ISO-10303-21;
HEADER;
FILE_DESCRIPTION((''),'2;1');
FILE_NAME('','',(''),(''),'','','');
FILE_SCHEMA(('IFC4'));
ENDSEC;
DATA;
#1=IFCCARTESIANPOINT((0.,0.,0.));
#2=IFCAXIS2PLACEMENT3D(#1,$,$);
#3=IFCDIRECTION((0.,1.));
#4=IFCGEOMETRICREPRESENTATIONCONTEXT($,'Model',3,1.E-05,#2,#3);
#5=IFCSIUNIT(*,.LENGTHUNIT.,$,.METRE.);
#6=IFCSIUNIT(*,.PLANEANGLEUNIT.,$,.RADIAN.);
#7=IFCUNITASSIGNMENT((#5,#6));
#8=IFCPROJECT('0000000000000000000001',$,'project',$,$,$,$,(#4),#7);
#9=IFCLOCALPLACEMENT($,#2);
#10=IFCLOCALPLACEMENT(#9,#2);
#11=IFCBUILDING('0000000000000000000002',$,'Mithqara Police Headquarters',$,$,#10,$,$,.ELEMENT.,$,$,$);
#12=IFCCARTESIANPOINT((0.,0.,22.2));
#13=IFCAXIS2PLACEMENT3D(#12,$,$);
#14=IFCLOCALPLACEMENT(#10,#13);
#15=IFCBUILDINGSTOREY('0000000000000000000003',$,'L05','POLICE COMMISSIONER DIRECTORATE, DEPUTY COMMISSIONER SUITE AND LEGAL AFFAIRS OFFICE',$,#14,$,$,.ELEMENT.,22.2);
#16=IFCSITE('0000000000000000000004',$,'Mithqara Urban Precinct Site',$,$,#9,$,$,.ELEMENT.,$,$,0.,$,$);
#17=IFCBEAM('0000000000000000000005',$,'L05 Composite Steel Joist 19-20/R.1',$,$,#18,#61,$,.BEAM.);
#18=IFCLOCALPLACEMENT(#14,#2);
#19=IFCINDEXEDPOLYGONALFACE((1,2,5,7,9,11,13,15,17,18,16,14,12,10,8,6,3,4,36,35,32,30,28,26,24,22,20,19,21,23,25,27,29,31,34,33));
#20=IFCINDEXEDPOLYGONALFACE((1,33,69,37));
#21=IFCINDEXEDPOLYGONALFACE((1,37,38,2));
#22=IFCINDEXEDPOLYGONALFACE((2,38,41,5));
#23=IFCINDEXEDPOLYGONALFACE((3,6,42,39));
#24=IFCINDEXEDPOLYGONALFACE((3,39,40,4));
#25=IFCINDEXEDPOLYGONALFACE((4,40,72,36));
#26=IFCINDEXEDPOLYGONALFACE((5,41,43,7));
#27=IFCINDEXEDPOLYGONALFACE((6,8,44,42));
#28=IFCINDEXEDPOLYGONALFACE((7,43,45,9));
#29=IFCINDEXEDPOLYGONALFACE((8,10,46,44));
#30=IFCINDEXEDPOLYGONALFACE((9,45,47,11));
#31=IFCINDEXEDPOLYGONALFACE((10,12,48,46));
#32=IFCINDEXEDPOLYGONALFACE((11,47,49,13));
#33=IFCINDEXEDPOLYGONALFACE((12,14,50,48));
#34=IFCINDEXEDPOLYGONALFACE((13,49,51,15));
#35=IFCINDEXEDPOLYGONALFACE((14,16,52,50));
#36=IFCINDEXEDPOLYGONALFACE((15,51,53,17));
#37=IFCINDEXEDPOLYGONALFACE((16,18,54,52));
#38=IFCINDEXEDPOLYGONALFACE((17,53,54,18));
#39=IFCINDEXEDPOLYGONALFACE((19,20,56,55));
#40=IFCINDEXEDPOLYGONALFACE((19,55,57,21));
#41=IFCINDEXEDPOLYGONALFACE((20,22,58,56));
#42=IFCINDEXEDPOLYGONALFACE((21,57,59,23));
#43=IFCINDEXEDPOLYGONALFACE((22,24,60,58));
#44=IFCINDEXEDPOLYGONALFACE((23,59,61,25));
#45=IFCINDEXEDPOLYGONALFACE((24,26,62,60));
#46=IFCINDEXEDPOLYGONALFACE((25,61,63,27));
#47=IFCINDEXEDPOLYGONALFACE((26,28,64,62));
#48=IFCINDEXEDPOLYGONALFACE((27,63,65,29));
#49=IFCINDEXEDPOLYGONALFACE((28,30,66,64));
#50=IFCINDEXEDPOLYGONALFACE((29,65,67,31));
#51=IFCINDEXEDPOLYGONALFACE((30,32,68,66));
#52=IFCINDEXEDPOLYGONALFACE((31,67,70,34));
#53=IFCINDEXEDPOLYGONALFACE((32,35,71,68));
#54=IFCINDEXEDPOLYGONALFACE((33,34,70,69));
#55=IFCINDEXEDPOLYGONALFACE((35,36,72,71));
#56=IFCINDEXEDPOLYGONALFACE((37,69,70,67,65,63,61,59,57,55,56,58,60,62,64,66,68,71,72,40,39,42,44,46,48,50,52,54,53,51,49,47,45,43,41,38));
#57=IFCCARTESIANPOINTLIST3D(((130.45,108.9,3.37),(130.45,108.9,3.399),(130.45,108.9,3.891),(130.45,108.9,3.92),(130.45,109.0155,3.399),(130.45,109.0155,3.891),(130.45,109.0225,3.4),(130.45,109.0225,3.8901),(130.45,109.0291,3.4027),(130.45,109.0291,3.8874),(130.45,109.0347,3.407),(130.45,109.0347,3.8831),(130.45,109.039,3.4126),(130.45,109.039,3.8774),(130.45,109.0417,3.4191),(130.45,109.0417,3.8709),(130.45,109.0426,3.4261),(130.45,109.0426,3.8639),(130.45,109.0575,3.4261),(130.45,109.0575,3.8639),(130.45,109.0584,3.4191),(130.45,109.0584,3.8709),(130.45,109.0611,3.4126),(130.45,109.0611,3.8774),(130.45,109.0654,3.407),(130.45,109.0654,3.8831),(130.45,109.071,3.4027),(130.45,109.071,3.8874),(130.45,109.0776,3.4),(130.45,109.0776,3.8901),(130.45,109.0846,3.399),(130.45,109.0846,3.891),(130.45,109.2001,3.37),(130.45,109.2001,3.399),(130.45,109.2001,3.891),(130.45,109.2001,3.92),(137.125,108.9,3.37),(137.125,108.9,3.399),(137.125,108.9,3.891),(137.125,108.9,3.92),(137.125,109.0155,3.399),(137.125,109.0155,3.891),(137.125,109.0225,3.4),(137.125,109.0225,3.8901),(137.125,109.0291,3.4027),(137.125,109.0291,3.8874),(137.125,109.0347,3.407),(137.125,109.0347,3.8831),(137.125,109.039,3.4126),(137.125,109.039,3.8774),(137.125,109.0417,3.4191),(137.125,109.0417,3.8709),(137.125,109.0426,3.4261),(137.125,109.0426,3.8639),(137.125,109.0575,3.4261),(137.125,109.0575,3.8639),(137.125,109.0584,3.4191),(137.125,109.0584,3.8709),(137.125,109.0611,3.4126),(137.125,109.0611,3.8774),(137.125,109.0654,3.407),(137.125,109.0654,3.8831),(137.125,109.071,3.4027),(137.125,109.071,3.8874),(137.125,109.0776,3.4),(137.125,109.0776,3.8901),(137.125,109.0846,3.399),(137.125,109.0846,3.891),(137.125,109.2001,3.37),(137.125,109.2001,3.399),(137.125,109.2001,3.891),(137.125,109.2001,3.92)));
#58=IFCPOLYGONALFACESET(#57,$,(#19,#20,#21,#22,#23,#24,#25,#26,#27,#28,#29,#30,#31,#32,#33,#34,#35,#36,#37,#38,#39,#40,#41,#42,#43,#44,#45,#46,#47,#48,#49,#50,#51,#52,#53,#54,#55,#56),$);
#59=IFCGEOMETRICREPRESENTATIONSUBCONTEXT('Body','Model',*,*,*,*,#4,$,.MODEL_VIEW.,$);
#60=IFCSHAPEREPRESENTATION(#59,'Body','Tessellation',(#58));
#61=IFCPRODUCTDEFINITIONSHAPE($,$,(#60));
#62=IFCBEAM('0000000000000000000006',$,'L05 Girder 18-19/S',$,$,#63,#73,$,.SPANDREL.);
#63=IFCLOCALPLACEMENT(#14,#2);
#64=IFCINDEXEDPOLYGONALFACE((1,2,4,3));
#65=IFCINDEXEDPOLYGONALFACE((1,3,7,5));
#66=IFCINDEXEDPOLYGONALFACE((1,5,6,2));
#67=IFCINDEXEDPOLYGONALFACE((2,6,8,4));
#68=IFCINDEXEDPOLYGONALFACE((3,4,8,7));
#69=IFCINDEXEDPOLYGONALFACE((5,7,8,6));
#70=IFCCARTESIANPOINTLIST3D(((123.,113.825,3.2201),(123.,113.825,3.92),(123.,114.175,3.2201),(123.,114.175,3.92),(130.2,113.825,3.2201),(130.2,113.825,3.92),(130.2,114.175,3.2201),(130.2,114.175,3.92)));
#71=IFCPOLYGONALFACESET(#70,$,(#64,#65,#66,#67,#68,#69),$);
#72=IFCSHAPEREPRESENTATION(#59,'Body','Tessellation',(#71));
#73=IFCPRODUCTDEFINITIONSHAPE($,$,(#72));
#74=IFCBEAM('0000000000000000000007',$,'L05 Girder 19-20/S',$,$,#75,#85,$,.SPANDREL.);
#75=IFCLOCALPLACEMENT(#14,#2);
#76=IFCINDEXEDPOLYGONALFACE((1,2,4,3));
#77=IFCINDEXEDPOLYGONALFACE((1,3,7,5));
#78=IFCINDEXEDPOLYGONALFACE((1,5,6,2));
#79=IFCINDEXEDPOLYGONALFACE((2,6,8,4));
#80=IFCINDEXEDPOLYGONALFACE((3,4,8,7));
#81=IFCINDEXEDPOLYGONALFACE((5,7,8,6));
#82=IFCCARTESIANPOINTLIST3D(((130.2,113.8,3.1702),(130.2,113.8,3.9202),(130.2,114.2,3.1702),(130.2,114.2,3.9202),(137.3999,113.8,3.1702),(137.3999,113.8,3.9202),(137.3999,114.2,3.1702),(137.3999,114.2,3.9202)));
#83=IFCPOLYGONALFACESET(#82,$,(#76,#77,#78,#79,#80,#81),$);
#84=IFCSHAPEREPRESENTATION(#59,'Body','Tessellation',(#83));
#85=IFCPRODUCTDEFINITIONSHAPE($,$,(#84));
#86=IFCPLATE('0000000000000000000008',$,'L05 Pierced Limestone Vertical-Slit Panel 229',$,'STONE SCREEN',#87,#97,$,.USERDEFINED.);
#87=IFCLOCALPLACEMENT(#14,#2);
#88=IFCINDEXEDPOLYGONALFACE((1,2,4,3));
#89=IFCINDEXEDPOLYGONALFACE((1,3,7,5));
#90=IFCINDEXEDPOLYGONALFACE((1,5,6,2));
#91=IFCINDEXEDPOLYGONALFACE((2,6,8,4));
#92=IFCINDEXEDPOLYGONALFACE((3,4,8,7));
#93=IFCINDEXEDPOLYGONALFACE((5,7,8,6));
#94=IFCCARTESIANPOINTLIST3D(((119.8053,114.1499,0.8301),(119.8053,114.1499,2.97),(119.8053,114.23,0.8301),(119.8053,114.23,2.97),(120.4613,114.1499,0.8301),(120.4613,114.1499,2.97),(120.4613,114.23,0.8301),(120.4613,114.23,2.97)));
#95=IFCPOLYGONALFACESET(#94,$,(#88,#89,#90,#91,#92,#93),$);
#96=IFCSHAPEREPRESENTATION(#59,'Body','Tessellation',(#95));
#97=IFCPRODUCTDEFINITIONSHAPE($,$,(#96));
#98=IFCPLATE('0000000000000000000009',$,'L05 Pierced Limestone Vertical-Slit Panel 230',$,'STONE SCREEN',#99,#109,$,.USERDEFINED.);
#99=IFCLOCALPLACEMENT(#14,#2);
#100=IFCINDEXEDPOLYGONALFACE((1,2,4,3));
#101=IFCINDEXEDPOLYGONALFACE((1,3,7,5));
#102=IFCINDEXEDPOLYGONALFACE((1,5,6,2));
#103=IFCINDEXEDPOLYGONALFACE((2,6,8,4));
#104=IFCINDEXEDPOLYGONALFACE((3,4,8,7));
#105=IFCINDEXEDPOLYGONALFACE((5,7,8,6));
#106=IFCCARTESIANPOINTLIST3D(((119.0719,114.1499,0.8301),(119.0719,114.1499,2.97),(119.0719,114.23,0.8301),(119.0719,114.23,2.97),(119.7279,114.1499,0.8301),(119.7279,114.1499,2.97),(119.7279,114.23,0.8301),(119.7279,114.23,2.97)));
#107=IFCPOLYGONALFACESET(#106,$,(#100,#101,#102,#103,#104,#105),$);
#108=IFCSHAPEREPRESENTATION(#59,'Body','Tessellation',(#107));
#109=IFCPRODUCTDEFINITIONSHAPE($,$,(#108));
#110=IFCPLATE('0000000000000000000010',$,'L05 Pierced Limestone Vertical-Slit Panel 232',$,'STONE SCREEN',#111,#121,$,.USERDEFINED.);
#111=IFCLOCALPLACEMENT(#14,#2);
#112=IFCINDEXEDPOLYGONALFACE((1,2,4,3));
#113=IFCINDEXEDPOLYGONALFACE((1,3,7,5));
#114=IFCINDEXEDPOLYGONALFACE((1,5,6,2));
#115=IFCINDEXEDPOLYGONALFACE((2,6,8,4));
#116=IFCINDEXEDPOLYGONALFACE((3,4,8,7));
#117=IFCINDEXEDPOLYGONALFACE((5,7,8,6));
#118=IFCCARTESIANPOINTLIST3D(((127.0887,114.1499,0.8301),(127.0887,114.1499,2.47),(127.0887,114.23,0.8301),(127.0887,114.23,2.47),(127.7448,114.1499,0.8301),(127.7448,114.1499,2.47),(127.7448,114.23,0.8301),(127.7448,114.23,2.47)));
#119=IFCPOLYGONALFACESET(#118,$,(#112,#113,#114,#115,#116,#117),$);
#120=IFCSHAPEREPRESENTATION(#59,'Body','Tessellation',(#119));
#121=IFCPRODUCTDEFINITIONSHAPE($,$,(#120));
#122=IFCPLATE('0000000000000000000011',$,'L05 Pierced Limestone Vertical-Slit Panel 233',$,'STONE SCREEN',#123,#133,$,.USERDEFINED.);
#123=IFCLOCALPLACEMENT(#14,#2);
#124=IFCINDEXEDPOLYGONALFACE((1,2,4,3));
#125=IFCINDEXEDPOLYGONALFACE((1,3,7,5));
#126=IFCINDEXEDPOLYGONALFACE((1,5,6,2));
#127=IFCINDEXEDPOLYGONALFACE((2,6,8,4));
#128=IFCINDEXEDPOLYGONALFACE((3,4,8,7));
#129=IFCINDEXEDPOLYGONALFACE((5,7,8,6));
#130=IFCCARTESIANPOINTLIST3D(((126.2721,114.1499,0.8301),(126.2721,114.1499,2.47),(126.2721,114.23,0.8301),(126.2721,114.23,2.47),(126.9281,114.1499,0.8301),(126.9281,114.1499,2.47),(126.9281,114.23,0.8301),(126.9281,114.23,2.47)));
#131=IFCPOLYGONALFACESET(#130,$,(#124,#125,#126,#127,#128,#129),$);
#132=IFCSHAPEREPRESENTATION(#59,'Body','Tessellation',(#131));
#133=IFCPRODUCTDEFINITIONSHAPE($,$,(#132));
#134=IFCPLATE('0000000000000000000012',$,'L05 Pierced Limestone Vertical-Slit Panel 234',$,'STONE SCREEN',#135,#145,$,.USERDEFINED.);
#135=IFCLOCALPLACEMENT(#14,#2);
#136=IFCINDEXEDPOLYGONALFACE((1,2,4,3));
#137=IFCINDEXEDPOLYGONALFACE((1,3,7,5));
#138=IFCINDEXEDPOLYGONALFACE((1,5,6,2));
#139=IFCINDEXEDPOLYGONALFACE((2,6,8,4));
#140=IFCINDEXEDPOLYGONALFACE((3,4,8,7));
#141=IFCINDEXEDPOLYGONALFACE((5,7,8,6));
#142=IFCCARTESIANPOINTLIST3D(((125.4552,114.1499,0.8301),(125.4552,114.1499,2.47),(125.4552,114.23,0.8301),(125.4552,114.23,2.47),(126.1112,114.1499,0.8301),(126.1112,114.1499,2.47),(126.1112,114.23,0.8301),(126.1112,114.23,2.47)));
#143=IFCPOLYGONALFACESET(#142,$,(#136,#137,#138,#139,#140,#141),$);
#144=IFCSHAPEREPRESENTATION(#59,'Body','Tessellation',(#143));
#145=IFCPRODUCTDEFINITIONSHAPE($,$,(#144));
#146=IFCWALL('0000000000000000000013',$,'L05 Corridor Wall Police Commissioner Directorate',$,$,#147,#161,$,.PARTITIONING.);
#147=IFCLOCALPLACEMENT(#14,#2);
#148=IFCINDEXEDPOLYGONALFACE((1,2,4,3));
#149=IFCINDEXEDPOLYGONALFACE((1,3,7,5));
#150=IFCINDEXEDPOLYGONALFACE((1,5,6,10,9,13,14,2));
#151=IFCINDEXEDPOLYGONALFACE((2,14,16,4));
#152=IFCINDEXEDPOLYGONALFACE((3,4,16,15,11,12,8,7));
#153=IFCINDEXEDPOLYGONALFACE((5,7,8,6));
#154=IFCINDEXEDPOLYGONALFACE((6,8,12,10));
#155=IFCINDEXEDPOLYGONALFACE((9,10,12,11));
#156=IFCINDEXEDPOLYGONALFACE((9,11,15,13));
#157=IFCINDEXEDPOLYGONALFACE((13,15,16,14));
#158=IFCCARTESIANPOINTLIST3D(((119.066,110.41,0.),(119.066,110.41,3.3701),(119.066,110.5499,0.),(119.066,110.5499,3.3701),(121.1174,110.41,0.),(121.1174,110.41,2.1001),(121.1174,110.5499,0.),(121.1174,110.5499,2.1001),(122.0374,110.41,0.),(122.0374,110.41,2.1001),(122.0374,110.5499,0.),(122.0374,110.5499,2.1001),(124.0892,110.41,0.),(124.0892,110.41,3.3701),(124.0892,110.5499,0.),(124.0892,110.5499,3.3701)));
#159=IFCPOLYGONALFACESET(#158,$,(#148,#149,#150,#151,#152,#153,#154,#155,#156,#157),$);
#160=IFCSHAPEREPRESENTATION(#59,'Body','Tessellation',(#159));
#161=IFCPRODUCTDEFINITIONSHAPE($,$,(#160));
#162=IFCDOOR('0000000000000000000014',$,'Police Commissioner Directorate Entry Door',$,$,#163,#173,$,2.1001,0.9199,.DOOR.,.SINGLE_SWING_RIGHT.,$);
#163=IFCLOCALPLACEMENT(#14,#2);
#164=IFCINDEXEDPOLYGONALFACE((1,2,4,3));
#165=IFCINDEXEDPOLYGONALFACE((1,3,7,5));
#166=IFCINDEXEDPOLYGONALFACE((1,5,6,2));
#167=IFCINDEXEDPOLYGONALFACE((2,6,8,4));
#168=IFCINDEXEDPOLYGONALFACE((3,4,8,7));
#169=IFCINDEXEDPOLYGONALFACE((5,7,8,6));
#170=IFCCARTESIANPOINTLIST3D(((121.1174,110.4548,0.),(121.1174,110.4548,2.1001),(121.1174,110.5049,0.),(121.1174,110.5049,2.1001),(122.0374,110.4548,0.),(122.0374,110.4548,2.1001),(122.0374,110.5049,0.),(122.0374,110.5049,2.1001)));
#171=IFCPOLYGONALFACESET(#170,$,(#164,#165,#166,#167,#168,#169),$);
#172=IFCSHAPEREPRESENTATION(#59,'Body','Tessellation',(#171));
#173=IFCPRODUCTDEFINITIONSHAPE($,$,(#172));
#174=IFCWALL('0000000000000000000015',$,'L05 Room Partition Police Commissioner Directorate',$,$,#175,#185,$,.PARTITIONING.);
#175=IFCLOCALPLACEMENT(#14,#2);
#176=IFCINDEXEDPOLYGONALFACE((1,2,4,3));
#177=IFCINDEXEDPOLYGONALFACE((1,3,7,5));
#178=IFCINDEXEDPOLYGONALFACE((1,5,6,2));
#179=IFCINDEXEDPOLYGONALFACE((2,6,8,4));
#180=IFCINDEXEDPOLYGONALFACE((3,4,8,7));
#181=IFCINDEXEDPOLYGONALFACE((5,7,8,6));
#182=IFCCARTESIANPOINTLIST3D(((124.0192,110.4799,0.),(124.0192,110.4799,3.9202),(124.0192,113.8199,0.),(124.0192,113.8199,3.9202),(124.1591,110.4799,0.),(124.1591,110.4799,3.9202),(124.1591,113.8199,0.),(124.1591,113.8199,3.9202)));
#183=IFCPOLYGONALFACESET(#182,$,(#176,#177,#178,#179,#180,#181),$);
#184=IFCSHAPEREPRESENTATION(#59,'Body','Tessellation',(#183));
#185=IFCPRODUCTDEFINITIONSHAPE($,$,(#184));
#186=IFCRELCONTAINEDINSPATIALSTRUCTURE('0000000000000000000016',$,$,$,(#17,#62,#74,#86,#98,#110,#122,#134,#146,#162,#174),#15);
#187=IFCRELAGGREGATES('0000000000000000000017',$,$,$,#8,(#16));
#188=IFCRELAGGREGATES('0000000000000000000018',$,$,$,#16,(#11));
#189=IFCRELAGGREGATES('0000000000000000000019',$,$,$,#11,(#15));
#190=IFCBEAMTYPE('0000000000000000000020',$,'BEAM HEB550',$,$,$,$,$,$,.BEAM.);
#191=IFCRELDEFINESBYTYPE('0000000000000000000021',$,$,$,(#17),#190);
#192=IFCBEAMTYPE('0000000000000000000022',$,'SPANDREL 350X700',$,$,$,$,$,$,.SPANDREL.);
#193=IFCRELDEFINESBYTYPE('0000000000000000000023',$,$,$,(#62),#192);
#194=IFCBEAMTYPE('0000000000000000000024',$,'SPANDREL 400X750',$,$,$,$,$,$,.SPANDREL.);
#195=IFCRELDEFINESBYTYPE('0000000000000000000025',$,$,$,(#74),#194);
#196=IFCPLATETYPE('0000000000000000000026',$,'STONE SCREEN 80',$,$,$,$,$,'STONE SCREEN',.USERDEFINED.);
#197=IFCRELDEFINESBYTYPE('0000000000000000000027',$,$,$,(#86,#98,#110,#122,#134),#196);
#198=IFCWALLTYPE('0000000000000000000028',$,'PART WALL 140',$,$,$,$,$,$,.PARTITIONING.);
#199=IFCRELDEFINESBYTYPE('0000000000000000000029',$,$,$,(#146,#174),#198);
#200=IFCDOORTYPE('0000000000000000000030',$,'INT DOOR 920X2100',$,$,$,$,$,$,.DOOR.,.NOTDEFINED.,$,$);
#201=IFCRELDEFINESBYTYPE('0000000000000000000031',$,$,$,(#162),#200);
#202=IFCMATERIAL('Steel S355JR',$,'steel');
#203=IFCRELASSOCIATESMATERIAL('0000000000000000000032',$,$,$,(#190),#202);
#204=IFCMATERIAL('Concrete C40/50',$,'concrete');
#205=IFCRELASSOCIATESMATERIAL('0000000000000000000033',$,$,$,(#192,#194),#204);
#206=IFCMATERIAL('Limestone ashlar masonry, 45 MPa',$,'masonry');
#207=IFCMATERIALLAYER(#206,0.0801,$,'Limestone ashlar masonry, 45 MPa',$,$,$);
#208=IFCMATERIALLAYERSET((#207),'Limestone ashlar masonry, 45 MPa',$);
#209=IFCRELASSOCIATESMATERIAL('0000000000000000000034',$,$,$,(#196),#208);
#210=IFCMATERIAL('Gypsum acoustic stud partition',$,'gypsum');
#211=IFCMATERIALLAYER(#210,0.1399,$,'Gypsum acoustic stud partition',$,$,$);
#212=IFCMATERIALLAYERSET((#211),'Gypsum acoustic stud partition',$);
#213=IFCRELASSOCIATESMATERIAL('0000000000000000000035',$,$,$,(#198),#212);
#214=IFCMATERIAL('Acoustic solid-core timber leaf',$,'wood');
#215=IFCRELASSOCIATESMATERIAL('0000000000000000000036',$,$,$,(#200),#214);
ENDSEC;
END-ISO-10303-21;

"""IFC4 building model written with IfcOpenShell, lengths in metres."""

from ifc_helpers import new_model, si_unit, direction, frame, frame_2d, origin, origin_2d, place, context, subcontext, project, spatial, rectangle, i_section, extrude, material, layer, layer_set, material_profile, profile_set, type_object, element, fill, save


model = new_model("IFC4")

# Units and contexts
model_context = context("Model", 3, precision=1e-05, world=origin(), true_north=direction((0.0, 1.0)))
body_context = subcontext(model_context, "Body", "Model", "MODEL_VIEW")
ifc_project = project(units=[si_unit("LENGTHUNIT", "METRE"), si_unit("PLANEANGLEUNIT", "RADIAN")], contexts=[model_context])

# Site, building, storey
site_placement = place(None, origin())
site = spatial("IfcSite", under=ifc_project, at=site_placement, Name="Mithqara Urban Precinct Site", CompositionType="ELEMENT", RefElevation=0.0)
building_placement = place(site_placement, origin())
building = spatial("IfcBuilding", under=site, at=building_placement, Name="Mithqara Police Headquarters", CompositionType="ELEMENT")
storey_placement = place(building_placement, frame((0.0, 0.0, 22.2)))
storey = spatial("IfcBuildingStorey", under=building, at=storey_placement, Name="L05", Description="POLICE COMMISSIONER DIRECTORATE, DEPUTY COMMISSIONER SUITE AND LEGAL AFFAIRS OFFICE", CompositionType="ELEMENT", Elevation=22.2)

# Beams
ifc_material_1 = material(Name="Steel S355JR", Category="steel")
ifc_material_profile_1 = material_profile(ifc_material_1, i_section(OverallWidth=0.3, OverallDepth=0.55, WebThickness=0.0149, FlangeThickness=0.0291, FilletRadius=0.0271, at=origin_2d()), Name="HEB 550")
ifc_profile_set_1 = profile_set([ifc_material_profile_1], Name="Steel S355JR")
beam_type_1 = type_object("IfcBeamType", Name="BEAM HEB550", PredefinedType="BEAM", material=ifc_profile_set_1)
beam_1_placement = place(storey_placement, frame((130.45, 109.05, 3.645), z_axis=(1.0, 0.0, 0.0), x_axis=(0.0, 1.0, 0.0)))
element("IfcBeam", 1, at=beam_1_placement, inside=storey, type_object=beam_type_1, Name="L05 Composite Steel Joist 19-20/R.1", PredefinedType="BEAM", context=body_context, shape_type="SweptSolid", body=[
    extrude(i_section(OverallWidth=0.3, OverallDepth=0.55, WebThickness=0.0149, FlangeThickness=0.0291, FilletRadius=0.0271, at=origin_2d()), origin(), (0.0, 0.0, 1.0), 6.675),
])
ifc_material_2 = material(Name="Concrete C40/50", Category="concrete")
ifc_material_profile_2 = material_profile(ifc_material_2, rectangle(XDim=0.3501, YDim=0.7, at=origin_2d()), Name="SPB 350x700")
ifc_profile_set_2 = profile_set([ifc_material_profile_2], Name="Concrete C40/50")
beam_type_2 = type_object("IfcBeamType", Name="SPANDREL 350X700", PredefinedType="SPANDREL", material=ifc_profile_set_2)
beam_2_placement = place(storey_placement, frame((123.0, 114.0, 3.5701), z_axis=(1.0, 0.0, 0.0), x_axis=(0.0, 1.0, 0.0)))
element("IfcBeam", 2, at=beam_2_placement, inside=storey, type_object=beam_type_2, Name="L05 Girder 18-19/S", PredefinedType="SPANDREL", context=body_context, shape_type="SweptSolid", body=[
    extrude(rectangle(XDim=0.3501, YDim=0.7, at=origin_2d()), origin(), (0.0, 0.0, 1.0), 7.2),
])
ifc_material_profile_3 = material_profile(ifc_material_2, rectangle(XDim=0.3999, YDim=0.75, at=origin_2d()), Name="SPB 400x750")
ifc_profile_set_3 = profile_set([ifc_material_profile_3], Name="Concrete C40/50")
beam_type_3 = type_object("IfcBeamType", Name="SPANDREL 400X750", PredefinedType="SPANDREL", material=ifc_profile_set_3)
beam_3_placement = place(storey_placement, frame((130.2, 114.0, 3.5452), z_axis=(1.0, 0.0, 0.0), x_axis=(0.0, 1.0, 0.0)))
element("IfcBeam", 3, at=beam_3_placement, inside=storey, type_object=beam_type_3, Name="L05 Girder 19-20/S", PredefinedType="SPANDREL", context=body_context, shape_type="SweptSolid", body=[
    extrude(rectangle(XDim=0.3999, YDim=0.75, at=origin_2d()), origin(), (0.0, 0.0, 1.0), 7.2),
])

# Plates
ifc_material_3 = material(Name="Limestone ashlar masonry, 45 MPa", Category="masonry")
ifc_layer_1 = layer(ifc_material_3, 0.0801, Name="Limestone ashlar masonry, 45 MPa")
ifc_layer_set_1 = layer_set([ifc_layer_1], Name="Limestone ashlar masonry, 45 MPa")
plate_type = type_object("IfcPlateType", Name="STONE SCREEN 80", ElementType="STONE SCREEN", PredefinedType="USERDEFINED", material=ifc_layer_set_1)
for number, where, z_axis, x_axis, name in (
    (4, (120.1333, 114.1899, 0.8301), (0.0, 0.0, 1.0), (1.0, 0.0, 0.0), "L05 Pierced Limestone Vertical-Slit Panel 229"),
    (5, (119.3999, 114.1899, 0.8301), (0.0, 0.0, 1.0), (1.0, 0.0, 0.0), "L05 Pierced Limestone Vertical-Slit Panel 230"),
):
    element("IfcPlate", number, at=place(storey_placement, frame(where, z_axis=z_axis, x_axis=x_axis)), inside=storey, type_object=plate_type, Name=name, ObjectType="STONE SCREEN", PredefinedType="USERDEFINED", context=body_context, shape_type="SweptSolid", body=[
        extrude(rectangle(XDim=0.656, YDim=0.0801, at=origin_2d()), origin(), (0.0, 0.0, 1.0), 2.1399),
    ])
for number, where, z_axis, x_axis, name in (
    (6, (127.4167, 114.1899, 0.8301), (0.0, 0.0, 1.0), (1.0, 0.0, 0.0), "L05 Pierced Limestone Vertical-Slit Panel 232"),
    (7, (126.6001, 114.1899, 0.8301), (0.0, 0.0, 1.0), (1.0, 0.0, 0.0), "L05 Pierced Limestone Vertical-Slit Panel 233"),
    (8, (125.7832, 114.1899, 0.8301), (0.0, 0.0, 1.0), (1.0, 0.0, 0.0), "L05 Pierced Limestone Vertical-Slit Panel 234"),
):
    element("IfcPlate", number, at=place(storey_placement, frame(where, z_axis=z_axis, x_axis=x_axis)), inside=storey, type_object=plate_type, Name=name, ObjectType="STONE SCREEN", PredefinedType="USERDEFINED", context=body_context, shape_type="SweptSolid", body=[
        extrude(rectangle(XDim=0.656, YDim=0.0801, at=origin_2d()), origin(), (0.0, 0.0, 1.0), 1.6399),
    ])

# Wall, opening, door
ifc_material_4 = material(Name="Gypsum acoustic stud partition", Category="gypsum")
ifc_layer_2 = layer(ifc_material_4, 0.1399, Name="Gypsum acoustic stud partition")
ifc_layer_set_2 = layer_set([ifc_layer_2], Name="Gypsum acoustic stud partition")
wall_type = type_object("IfcWallType", Name="PART WALL 140", PredefinedType="PARTITIONING", material=ifc_layer_set_2)
wall_1_placement = place(storey_placement, frame((119.0659, 110.48, 0.0), z_axis=(0.0, 0.0, 1.0), x_axis=(1.0, 0.0, 0.0)))
wall_1 = element("IfcWall", 9, at=wall_1_placement, inside=storey, type_object=wall_type, Name="L05 Corridor Wall Police Commissioner Directorate", PredefinedType="PARTITIONING", context=body_context, shape_type="SweptSolid", body=[
    extrude(rectangle(XDim=5.0232, YDim=0.1399, at=frame_2d((2.5117, 0.0))), origin(), (0.0, 0.0, 1.0), 3.3701),
])
opening_1_placement = place(wall_1_placement, frame((2.0515, 0.0, 0.0)))
opening_1 = element("IfcOpeningElement", 10, at=opening_1_placement, cuts=wall_1, PredefinedType="OPENING", context=body_context, shape_type="SweptSolid", body=[
    extrude(rectangle(XDim=0.9199, YDim=2.1001, at=frame_2d((0.46, 1.05))), frame((0.0, 0.0801, 0.0), z_axis=(0.0, -1.0, 0.0), x_axis=(1.0, 0.0, 0.0)), (0.0, 0.0, 1.0), 0.1599),
])
ifc_material_5 = material(Name="Acoustic solid-core timber leaf", Category="wood")
door_type_1 = type_object("IfcDoorType", Name="INT DOOR 920X2100", OperationType="NOTDEFINED", PredefinedType="DOOR", material=ifc_material_5)
door_1_placement = place(opening_1_placement, origin())
door_1 = element("IfcDoor", 11, at=door_1_placement, inside=storey, type_object=door_type_1, Name="Police Commissioner Directorate Entry Door", OperationType="SINGLE_SWING_RIGHT", OverallHeight=2.1001, OverallWidth=0.9199, PredefinedType="DOOR", context=body_context, shape_type="SweptSolid", body=[
    extrude(rectangle(XDim=0.9199, YDim=2.1001, at=frame_2d((0.46, 1.05))), frame((0.0, 0.0249, 0.0), z_axis=(0.0, -1.0, 0.0), x_axis=(1.0, 0.0, 0.0)), (0.0, 0.0, 1.0), 0.05),
])
fill(opening_1, door_1)

# Wall
wall_2_placement = place(storey_placement, frame((124.0891, 110.48, 0.0), z_axis=(0.0, 0.0, 1.0), x_axis=(0.0, 1.0, 0.0)))
element("IfcWall", 12, at=wall_2_placement, inside=storey, type_object=wall_type, Name="L05 Room Partition Police Commissioner Directorate", PredefinedType="PARTITIONING", context=body_context, shape_type="SweptSolid", body=[
    extrude(rectangle(XDim=3.3401, YDim=0.1399, at=frame_2d((1.6699, 0.0))), origin(), (0.0, 0.0, 1.0), 3.9202),
])

save(model, "model.ifc")
